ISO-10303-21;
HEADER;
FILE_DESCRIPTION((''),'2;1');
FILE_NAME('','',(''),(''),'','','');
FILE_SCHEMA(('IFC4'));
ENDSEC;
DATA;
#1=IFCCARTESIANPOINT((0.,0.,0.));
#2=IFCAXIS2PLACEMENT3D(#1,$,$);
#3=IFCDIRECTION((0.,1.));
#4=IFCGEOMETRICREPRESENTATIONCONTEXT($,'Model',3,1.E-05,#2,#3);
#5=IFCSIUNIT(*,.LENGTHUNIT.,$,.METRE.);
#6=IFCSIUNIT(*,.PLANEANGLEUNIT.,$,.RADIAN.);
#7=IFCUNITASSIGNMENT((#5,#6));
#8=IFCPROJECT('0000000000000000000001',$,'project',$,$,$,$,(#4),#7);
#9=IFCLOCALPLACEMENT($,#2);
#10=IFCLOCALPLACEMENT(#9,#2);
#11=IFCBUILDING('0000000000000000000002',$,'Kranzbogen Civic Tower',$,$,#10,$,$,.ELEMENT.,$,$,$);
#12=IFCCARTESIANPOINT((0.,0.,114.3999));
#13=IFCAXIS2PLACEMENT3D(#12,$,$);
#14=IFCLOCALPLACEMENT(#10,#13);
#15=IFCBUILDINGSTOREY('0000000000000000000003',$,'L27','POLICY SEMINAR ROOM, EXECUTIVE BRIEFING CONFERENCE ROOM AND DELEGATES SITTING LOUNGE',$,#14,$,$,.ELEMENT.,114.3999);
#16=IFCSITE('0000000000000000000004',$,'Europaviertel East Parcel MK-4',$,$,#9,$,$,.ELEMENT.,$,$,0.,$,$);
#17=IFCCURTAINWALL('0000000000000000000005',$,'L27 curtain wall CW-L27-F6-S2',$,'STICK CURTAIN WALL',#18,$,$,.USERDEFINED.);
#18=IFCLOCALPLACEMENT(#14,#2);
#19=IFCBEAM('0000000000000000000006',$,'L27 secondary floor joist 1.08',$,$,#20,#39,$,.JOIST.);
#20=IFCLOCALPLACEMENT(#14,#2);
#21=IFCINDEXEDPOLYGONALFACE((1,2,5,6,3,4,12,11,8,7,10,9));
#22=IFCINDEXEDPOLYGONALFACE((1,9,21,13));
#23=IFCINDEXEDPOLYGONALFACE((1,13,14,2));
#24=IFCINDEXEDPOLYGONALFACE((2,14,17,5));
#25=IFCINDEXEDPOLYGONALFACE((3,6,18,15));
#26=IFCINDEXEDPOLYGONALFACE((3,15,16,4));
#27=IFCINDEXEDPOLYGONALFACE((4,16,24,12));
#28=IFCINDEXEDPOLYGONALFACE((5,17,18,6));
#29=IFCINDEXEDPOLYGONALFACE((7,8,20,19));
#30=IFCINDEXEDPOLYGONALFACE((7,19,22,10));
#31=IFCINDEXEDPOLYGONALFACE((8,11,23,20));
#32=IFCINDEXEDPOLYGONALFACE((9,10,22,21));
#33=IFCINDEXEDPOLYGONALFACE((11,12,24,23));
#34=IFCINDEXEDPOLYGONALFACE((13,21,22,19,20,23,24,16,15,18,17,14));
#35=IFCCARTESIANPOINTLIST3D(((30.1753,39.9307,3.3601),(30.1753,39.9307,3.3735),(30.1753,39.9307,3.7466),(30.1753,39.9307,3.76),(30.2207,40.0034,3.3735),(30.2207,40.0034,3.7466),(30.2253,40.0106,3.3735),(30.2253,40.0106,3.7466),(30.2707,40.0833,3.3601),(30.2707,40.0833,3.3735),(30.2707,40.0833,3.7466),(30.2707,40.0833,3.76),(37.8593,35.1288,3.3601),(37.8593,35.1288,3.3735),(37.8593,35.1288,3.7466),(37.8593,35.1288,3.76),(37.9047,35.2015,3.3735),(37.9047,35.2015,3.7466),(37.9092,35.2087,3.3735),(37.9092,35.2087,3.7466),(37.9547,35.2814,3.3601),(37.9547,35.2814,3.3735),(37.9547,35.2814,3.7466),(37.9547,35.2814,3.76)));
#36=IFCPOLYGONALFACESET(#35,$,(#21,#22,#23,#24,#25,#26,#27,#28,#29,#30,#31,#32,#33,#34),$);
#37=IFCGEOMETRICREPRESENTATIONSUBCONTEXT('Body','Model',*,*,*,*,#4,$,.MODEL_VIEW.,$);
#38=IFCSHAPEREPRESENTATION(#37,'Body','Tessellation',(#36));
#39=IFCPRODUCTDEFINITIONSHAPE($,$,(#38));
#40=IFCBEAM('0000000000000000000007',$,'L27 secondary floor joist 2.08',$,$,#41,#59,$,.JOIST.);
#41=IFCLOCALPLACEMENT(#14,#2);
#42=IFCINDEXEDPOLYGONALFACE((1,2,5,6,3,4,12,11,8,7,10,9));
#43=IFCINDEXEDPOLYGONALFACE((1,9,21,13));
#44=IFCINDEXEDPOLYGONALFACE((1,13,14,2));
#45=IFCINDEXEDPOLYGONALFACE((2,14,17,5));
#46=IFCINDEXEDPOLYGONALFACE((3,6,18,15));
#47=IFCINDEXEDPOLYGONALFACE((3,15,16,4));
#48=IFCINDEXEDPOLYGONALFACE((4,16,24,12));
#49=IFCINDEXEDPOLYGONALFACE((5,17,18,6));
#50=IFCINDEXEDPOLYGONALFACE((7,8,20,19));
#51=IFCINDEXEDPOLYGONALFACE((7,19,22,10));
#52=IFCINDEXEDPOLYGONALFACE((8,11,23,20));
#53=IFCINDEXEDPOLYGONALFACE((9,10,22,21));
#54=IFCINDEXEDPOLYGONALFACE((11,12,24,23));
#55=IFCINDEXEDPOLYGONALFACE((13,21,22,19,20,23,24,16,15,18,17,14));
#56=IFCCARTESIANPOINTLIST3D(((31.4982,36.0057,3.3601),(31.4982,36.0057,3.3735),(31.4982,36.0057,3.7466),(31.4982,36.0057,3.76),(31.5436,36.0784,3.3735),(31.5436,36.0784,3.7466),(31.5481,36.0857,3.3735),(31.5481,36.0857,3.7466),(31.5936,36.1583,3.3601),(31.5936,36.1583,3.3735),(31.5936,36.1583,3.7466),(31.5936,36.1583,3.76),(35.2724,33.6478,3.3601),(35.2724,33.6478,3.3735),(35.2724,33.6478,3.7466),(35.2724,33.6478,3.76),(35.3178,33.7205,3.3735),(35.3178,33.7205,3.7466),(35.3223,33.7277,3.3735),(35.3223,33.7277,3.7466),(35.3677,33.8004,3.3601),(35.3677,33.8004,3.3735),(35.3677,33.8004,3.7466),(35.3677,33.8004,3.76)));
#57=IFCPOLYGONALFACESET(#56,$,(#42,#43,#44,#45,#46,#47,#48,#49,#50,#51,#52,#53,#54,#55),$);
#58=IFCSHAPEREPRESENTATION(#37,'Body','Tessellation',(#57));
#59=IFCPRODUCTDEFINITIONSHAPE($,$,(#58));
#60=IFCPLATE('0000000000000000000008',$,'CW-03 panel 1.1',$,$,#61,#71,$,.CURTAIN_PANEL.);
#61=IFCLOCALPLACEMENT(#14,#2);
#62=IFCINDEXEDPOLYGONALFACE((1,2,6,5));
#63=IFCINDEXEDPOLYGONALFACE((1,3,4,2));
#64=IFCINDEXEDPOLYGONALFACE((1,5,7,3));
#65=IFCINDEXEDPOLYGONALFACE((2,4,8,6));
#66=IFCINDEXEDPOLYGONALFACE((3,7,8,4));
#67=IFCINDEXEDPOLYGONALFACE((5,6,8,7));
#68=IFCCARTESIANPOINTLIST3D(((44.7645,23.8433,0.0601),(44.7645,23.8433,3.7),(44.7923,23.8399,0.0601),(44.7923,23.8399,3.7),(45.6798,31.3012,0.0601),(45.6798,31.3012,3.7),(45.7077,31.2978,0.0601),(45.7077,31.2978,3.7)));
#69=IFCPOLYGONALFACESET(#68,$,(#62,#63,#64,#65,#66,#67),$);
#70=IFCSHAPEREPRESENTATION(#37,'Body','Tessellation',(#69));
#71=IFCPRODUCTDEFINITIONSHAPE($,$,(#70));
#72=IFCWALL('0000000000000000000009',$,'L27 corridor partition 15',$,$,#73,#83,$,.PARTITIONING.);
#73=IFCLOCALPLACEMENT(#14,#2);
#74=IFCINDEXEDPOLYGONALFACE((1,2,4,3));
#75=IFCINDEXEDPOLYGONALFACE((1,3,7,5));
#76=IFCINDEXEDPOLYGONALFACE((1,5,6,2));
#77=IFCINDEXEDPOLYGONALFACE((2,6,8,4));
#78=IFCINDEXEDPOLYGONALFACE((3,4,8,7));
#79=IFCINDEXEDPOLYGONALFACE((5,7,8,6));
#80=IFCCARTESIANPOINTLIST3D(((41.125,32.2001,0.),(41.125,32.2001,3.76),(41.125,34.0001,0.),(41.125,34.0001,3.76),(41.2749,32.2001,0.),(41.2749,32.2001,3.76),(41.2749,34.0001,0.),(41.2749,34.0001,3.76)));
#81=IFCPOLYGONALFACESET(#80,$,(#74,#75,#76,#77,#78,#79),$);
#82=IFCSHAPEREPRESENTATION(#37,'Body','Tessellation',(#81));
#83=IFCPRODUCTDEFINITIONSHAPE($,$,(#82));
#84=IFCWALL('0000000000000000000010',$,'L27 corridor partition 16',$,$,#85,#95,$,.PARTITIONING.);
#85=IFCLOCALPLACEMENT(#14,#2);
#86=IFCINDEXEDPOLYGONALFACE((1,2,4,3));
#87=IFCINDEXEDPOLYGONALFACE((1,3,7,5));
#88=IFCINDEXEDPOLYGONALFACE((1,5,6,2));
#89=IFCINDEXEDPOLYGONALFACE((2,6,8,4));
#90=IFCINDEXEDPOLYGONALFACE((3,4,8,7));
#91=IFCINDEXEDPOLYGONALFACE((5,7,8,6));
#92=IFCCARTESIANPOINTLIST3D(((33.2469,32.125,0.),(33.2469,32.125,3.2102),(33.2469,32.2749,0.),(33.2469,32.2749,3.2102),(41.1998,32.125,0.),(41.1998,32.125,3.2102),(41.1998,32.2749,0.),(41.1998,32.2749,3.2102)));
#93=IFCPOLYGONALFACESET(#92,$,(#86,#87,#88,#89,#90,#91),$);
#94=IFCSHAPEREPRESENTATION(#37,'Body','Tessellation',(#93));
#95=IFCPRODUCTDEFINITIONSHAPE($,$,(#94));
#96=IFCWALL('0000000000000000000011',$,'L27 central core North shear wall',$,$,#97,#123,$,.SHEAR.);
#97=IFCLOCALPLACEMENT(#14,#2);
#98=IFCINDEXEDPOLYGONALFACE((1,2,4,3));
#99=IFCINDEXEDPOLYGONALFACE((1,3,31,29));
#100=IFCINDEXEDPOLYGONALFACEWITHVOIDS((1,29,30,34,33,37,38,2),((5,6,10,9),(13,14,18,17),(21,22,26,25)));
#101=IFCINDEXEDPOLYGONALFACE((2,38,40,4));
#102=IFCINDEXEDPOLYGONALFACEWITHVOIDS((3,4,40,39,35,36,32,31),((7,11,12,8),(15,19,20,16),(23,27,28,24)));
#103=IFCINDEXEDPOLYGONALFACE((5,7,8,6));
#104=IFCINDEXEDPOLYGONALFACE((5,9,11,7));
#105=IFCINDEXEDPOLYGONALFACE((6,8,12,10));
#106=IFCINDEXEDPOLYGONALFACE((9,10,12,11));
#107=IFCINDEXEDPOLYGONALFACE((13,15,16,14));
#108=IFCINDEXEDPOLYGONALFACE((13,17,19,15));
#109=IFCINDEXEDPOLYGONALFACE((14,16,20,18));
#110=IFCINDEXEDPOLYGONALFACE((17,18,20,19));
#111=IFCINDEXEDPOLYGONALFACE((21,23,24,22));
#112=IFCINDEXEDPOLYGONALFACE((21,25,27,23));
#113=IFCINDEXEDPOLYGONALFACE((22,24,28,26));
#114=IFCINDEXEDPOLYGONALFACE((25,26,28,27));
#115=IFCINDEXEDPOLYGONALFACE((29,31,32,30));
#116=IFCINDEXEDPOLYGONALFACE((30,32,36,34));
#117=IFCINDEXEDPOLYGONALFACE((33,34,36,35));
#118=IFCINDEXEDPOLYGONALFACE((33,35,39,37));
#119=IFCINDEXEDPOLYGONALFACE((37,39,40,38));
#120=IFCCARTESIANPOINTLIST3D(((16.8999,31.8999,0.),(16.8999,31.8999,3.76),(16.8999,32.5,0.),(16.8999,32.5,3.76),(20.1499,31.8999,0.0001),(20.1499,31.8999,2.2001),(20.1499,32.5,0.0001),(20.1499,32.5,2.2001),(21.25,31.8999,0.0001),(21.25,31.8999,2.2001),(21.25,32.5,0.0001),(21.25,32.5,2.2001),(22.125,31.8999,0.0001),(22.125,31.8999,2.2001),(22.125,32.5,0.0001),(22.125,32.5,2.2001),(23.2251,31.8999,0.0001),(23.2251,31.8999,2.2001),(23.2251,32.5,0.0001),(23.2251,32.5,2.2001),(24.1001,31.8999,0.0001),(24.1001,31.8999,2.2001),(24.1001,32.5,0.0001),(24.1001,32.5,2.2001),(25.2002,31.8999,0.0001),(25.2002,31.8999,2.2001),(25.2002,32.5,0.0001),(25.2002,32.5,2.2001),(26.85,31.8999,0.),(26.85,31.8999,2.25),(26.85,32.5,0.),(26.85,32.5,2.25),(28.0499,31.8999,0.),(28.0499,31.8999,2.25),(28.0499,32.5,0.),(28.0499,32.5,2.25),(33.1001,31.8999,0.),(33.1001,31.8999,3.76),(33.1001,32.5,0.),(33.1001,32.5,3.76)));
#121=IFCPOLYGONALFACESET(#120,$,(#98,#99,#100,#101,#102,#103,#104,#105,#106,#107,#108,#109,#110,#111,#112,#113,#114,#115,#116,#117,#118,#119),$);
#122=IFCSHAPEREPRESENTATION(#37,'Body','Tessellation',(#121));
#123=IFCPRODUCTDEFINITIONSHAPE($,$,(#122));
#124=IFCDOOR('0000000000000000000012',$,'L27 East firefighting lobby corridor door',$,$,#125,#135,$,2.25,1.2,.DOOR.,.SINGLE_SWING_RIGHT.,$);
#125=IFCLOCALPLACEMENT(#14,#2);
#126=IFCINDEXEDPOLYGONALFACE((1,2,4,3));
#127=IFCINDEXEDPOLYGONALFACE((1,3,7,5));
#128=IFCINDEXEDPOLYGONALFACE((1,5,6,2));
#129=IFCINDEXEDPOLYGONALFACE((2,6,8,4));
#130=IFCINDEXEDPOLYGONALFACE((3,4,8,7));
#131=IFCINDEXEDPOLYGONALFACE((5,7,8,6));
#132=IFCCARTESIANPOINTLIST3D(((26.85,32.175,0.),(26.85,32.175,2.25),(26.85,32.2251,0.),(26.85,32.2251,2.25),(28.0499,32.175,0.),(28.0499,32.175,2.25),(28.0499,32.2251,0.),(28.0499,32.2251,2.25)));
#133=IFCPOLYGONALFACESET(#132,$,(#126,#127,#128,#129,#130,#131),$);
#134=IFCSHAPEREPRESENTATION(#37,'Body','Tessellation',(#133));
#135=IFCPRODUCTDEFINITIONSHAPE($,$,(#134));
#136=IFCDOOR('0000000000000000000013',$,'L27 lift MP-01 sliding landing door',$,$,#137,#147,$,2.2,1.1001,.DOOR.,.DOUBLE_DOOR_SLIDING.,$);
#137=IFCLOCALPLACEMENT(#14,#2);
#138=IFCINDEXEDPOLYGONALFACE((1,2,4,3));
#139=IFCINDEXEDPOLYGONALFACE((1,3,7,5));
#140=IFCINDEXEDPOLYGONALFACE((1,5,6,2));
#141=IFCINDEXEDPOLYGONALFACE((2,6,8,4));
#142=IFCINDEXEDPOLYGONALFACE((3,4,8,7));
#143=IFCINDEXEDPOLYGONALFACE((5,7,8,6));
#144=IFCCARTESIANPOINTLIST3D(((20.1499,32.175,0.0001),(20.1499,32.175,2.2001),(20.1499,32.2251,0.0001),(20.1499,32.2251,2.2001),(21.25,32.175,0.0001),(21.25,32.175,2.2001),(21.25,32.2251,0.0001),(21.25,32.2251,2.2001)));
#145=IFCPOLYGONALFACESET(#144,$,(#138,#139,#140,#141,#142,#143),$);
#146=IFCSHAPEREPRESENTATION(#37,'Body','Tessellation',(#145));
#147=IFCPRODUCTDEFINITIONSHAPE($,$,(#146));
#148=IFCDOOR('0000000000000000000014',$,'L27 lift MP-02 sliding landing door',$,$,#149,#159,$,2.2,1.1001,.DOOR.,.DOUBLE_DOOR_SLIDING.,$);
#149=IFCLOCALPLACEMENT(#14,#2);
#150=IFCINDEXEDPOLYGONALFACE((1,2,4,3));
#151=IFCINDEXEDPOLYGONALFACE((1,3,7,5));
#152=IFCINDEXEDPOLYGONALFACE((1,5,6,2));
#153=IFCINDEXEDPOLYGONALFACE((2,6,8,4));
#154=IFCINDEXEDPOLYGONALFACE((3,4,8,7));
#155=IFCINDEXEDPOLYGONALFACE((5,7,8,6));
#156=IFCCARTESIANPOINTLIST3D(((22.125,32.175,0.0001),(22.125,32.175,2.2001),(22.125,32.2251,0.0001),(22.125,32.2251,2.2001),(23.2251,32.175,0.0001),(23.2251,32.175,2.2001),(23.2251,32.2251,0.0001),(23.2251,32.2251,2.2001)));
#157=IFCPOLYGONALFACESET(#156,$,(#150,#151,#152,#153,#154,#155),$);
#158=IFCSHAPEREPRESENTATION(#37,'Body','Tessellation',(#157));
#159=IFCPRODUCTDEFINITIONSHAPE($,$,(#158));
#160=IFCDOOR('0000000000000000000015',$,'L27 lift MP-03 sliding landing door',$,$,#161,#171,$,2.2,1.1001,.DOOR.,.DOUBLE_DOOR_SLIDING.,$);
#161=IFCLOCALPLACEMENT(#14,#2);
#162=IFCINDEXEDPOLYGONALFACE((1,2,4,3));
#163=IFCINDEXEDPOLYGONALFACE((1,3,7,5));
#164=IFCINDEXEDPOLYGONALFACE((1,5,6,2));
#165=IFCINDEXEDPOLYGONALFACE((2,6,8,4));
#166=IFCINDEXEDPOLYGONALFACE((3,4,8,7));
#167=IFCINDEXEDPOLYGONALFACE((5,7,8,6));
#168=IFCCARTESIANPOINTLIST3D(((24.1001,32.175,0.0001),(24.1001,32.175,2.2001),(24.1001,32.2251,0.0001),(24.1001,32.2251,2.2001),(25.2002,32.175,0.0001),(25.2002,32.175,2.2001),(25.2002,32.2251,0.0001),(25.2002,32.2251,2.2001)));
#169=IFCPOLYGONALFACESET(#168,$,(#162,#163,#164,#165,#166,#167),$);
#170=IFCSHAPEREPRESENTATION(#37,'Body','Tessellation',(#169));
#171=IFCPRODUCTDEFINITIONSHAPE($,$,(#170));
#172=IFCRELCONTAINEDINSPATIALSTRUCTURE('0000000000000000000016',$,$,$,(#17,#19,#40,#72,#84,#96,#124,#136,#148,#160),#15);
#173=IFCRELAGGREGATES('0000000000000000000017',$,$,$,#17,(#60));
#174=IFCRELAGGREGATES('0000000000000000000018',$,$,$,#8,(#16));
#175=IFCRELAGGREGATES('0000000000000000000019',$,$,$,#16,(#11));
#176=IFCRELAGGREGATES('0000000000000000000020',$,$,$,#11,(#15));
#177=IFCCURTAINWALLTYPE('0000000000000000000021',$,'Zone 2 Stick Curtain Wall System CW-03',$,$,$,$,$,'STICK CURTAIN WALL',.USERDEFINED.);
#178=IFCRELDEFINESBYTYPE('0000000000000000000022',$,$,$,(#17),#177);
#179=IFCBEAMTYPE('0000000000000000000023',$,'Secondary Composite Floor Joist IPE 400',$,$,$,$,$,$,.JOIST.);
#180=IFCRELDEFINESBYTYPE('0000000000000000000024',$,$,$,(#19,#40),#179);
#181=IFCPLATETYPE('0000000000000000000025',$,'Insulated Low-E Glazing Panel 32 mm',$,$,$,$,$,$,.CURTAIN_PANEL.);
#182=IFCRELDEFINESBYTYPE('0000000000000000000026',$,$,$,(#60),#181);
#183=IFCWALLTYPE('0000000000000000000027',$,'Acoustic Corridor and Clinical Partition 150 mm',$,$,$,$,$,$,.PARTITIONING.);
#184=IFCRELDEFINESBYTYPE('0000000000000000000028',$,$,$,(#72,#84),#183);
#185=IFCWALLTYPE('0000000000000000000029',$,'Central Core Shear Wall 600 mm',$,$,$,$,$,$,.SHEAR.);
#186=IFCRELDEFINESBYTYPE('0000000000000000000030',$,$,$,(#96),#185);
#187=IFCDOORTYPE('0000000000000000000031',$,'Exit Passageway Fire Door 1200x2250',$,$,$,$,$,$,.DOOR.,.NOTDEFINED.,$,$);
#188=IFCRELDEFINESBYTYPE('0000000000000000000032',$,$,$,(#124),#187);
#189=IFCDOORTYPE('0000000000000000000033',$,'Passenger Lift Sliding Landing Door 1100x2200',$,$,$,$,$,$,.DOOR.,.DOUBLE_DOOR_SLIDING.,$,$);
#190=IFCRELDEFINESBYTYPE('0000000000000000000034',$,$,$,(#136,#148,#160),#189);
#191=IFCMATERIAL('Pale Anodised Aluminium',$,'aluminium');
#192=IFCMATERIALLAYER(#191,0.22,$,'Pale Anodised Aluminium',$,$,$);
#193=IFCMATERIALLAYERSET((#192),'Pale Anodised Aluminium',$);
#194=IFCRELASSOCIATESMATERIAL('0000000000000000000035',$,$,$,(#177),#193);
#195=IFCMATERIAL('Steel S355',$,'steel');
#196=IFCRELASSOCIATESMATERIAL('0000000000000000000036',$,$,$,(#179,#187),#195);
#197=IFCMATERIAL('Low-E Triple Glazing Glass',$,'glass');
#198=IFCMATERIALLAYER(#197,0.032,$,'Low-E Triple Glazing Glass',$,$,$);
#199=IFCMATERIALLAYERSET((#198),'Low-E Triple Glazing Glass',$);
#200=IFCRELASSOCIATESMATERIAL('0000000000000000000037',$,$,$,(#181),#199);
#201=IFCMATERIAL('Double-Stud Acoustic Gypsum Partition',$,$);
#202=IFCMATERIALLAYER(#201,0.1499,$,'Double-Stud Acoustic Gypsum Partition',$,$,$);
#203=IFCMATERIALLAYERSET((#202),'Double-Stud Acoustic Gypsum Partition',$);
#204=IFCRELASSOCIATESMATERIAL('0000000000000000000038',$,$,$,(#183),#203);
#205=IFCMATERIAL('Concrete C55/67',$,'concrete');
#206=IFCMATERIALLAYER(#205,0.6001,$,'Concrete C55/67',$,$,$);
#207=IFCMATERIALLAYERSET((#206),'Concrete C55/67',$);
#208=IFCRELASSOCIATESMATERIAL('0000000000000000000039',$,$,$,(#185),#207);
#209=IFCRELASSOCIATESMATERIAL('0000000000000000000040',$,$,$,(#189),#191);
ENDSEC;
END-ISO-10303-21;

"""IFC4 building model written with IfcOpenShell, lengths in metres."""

from ifc_helpers import new_model, si_unit, direction, frame, frame_2d, origin, origin_2d, place, context, subcontext, project, spatial, rectangle, i_section, extrude, material, layer, layer_set, material_profile, profile_set, type_object, element, fill, aggregate, save


model = new_model("IFC4")

# Units and contexts
model_context = context("Model", 3, precision=1e-05, world=origin(), true_north=direction((0.0, 1.0)))
body_context = subcontext(model_context, "Body", "Model", "MODEL_VIEW")
ifc_project = project(units=[si_unit("LENGTHUNIT", "METRE"), si_unit("PLANEANGLEUNIT", "RADIAN")], contexts=[model_context])

# Site, building, storey
site_placement = place(None, origin())
site = spatial("IfcSite", under=ifc_project, at=site_placement, Name="Europaviertel East Parcel MK-4", CompositionType="ELEMENT", RefElevation=0.0)
building_placement = place(site_placement, origin())
building = spatial("IfcBuilding", under=site, at=building_placement, Name="Kranzbogen Civic Tower", CompositionType="ELEMENT")
storey_placement = place(building_placement, frame((0.0, 0.0, 114.3999)))
storey = spatial("IfcBuildingStorey", under=building, at=storey_placement, Name="L27", Description="POLICY SEMINAR ROOM, EXECUTIVE BRIEFING CONFERENCE ROOM AND DELEGATES SITTING LOUNGE", CompositionType="ELEMENT", Elevation=114.3999)

# Shared definitions
ifc_material_1 = material(Name="Steel S355", Category="steel")

# Curtain wall
ifc_material_2 = material(Name="Pale Anodised Aluminium", Category="aluminium")
ifc_layer_1 = layer(ifc_material_2, 0.22, Name="Pale Anodised Aluminium")
ifc_layer_set_1 = layer_set([ifc_layer_1], Name="Pale Anodised Aluminium")
curtain_wall_type = type_object("IfcCurtainWallType", Name="Zone 2 Stick Curtain Wall System CW-03", ElementType="STICK CURTAIN WALL", PredefinedType="USERDEFINED", material=ifc_layer_set_1)
curtain_wall_1_placement = place(storey_placement, origin())
curtain_wall_1 = element("IfcCurtainWall", 1, at=curtain_wall_1_placement, inside=storey, type_object=curtain_wall_type, Name="L27 curtain wall CW-L27-F6-S2", ObjectType="STICK CURTAIN WALL", PredefinedType="USERDEFINED")

# Beams
ifc_material_profile_1 = material_profile(ifc_material_1, i_section(OverallWidth=0.1799, OverallDepth=0.3999, WebThickness=0.0085, FlangeThickness=0.0134, at=origin_2d()), Name="IPE 400")
ifc_profile_set_1 = profile_set([ifc_material_profile_1], Name="Steel S355")
beam_type_1 = type_object("IfcBeamType", Name="Secondary Composite Floor Joist IPE 400", PredefinedType="JOIST", material=ifc_profile_set_1)
beam_1_placement = place(storey_placement, frame((37.907, 35.2051, 3.5601), z_axis=(-0.848026, 0.529955, 0.0), x_axis=(-0.529955, -0.848026, 0.0)))
element("IfcBeam", 2, at=beam_1_placement, inside=storey, type_object=beam_type_1, Name="L27 secondary floor joist 1.08", PredefinedType="JOIST", context=body_context, shape_type="SweptSolid", body=[
    extrude(i_section(OverallWidth=0.1799, OverallDepth=0.3999, WebThickness=0.0085, FlangeThickness=0.0134, at=origin_2d()), origin(), (0.0, 0.0, 1.0), 9.061),
])
beam_2_placement = place(storey_placement, frame((35.3201, 33.7241, 3.5601), z_axis=(-0.848094, 0.529846, 0.0), x_axis=(-0.529846, -0.848094, 0.0)))
element("IfcBeam", 3, at=beam_2_placement, inside=storey, type_object=beam_type_1, Name="L27 secondary floor joist 2.08", PredefinedType="JOIST", context=body_context, shape_type="SweptSolid", body=[
    extrude(i_section(OverallWidth=0.1799, OverallDepth=0.3999, WebThickness=0.0085, FlangeThickness=0.0134, at=origin_2d()), origin(), (0.0, 0.0, 1.0), 4.4502),
])

# Plate
ifc_material_3 = material(Name="Low-E Triple Glazing Glass", Category="glass")
ifc_layer_2 = layer(ifc_material_3, 0.032, Name="Low-E Triple Glazing Glass")
ifc_layer_set_2 = layer_set([ifc_layer_2], Name="Low-E Triple Glazing Glass")
plate_type = type_object("IfcPlateType", Name="Insulated Low-E Glazing Panel 32 mm", PredefinedType="CURTAIN_PANEL", material=ifc_layer_set_2)
plate_placement = place(storey_placement, frame((45.2361, 27.5706, 0.0601), z_axis=(0.0, 0.0, 1.0), x_axis=(0.121826, 0.992552, 0.0)))
plate = element("IfcPlate", 4, at=plate_placement, type_object=plate_type, Name="CW-03 panel 1.1", PredefinedType="CURTAIN_PANEL", context=body_context, shape_type="SweptSolid", body=[
    extrude(rectangle(XDim=7.5139, YDim=0.0281, at=origin_2d()), origin(), (0.0, 0.0, 1.0), 3.6399),
])
aggregate(curtain_wall_1, [plate])

# Walls
ifc_material_4 = material(Name="Double-Stud Acoustic Gypsum Partition")
ifc_layer_3 = layer(ifc_material_4, 0.1499, Name="Double-Stud Acoustic Gypsum Partition")
ifc_layer_set_3 = layer_set([ifc_layer_3], Name="Double-Stud Acoustic Gypsum Partition")
wall_type_1 = type_object("IfcWallType", Name="Acoustic Corridor and Clinical Partition 150 mm", PredefinedType="PARTITIONING", material=ifc_layer_set_3)
wall_1_placement = place(storey_placement, frame((41.2, 34.0, 0.0), z_axis=(0.0, 0.0, 1.0), x_axis=(0.0, -1.0, 0.0)))
element("IfcWall", 5, at=wall_1_placement, inside=storey, type_object=wall_type_1, Name="L27 corridor partition 15", PredefinedType="PARTITIONING", context=body_context, shape_type="SweptSolid", body=[
    extrude(rectangle(XDim=1.8, YDim=0.1499, at=frame_2d((0.8999, 0.0))), origin(), (0.0, 0.0, 1.0), 3.76),
])
wall_2_placement = place(storey_placement, frame((41.2, 32.2, 0.0), z_axis=(0.0, 0.0, 1.0), x_axis=(-1.0, 0.0, 0.0)))
element("IfcWall", 6, at=wall_2_placement, inside=storey, type_object=wall_type_1, Name="L27 corridor partition 16", PredefinedType="PARTITIONING", context=body_context, shape_type="SweptSolid", body=[
    extrude(rectangle(XDim=7.9529, YDim=0.1499, at=frame_2d((3.9766, 0.0))), origin(), (0.0, 0.0, 1.0), 3.2102),
])

# Wall, openings, doors
ifc_material_5 = material(Name="Concrete C55/67", Category="concrete")
ifc_layer_4 = layer(ifc_material_5, 0.6001, Name="Concrete C55/67")
ifc_layer_set_4 = layer_set([ifc_layer_4], Name="Concrete C55/67")
wall_type_2 = type_object("IfcWallType", Name="Central Core Shear Wall 600 mm", PredefinedType="SHEAR", material=ifc_layer_set_4)
wall_3_placement = place(storey_placement, frame((33.1001, 32.2, 0.0), z_axis=(0.0, 0.0, 1.0), x_axis=(-1.0, 0.0, 0.0)))
wall_3 = element("IfcWall", 7, at=wall_3_placement, inside=storey, type_object=wall_type_2, Name="L27 central core North shear wall", PredefinedType="SHEAR", context=body_context, shape_type="SweptSolid", body=[
    extrude(rectangle(XDim=16.2002, YDim=0.6001, at=frame_2d((8.1001, 0.0))), origin(), (0.0, 0.0, 1.0), 3.76),
])
opening_1_placement = place(wall_3_placement, frame((5.05, 0.0, 0.0)))
opening_1 = element("IfcOpeningElement", 8, at=opening_1_placement, cuts=wall_3, PredefinedType="OPENING", context=body_context, shape_type="SweptSolid", body=[
    extrude(rectangle(XDim=1.2, YDim=2.25, at=frame_2d((0.6001, 1.125))), frame((0.0, 0.3101, 0.0), z_axis=(0.0, -1.0, 0.0), x_axis=(1.0, 0.0, 0.0)), (0.0, 0.0, 1.0), 0.6201),
])
opening_2_placement = place(wall_3_placement, frame((11.8501, 0.0, 0.0)))
opening_2 = element("IfcOpeningElement", 9, at=opening_2_placement, cuts=wall_3, PredefinedType="OPENING", context=body_context, shape_type="SweptSolid", body=[
    extrude(rectangle(XDim=1.1001, YDim=2.2, at=frame_2d((0.55, 1.1001))), frame((0.0, 0.3101, 0.0), z_axis=(0.0, -1.0, 0.0), x_axis=(1.0, 0.0, 0.0)), (0.0, 0.0, 1.0), 0.6201),
])
opening_3_placement = place(wall_3_placement, frame((9.875, 0.0, 0.0)))
opening_3 = element("IfcOpeningElement", 10, at=opening_3_placement, cuts=wall_3, PredefinedType="OPENING", context=body_context, shape_type="SweptSolid", body=[
    extrude(rectangle(XDim=1.1001, YDim=2.2, at=frame_2d((0.55, 1.1001))), frame((0.0, 0.3101, 0.0), z_axis=(0.0, -1.0, 0.0), x_axis=(1.0, 0.0, 0.0)), (0.0, 0.0, 1.0), 0.6201),
])
opening_4_placement = place(wall_3_placement, frame((7.8999, 0.0, 0.0)))
opening_4 = element("IfcOpeningElement", 11, at=opening_4_placement, cuts=wall_3, PredefinedType="OPENING", context=body_context, shape_type="SweptSolid", body=[
    extrude(rectangle(XDim=1.1001, YDim=2.2, at=frame_2d((0.55, 1.1001))), frame((0.0, 0.3101, 0.0), z_axis=(0.0, -1.0, 0.0), x_axis=(1.0, 0.0, 0.0)), (0.0, 0.0, 1.0), 0.6201),
])
door_type_1 = type_object("IfcDoorType", Name="Exit Passageway Fire Door 1200x2250", OperationType="NOTDEFINED", PredefinedType="DOOR", material=ifc_material_1)
door_1_placement = place(opening_1_placement, origin())
door_1 = element("IfcDoor", 12, at=door_1_placement, inside=storey, type_object=door_type_1, Name="L27 East firefighting lobby corridor door", OperationType="SINGLE_SWING_RIGHT", OverallHeight=2.25, OverallWidth=1.2, PredefinedType="DOOR", context=body_context, shape_type="SweptSolid", body=[
    extrude(rectangle(XDim=1.2, YDim=2.25, at=frame_2d((0.6001, 1.125))), frame((0.0, 0.0249, 0.0), z_axis=(0.0, -1.0, 0.0), x_axis=(1.0, 0.0, 0.0)), (0.0, 0.0, 1.0), 0.05),
])
fill(opening_1, door_1)
door_type_2 = type_object("IfcDoorType", Name="Passenger Lift Sliding Landing Door 1100x2200", OperationType="DOUBLE_DOOR_SLIDING", PredefinedType="DOOR", material=ifc_material_2)
door_2_placement = place(opening_2_placement, origin())
door_2 = element("IfcDoor", 13, at=door_2_placement, inside=storey, type_object=door_type_2, Name="L27 lift MP-01 sliding landing door", OperationType="DOUBLE_DOOR_SLIDING", OverallHeight=2.2, OverallWidth=1.1001, PredefinedType="DOOR", context=body_context, shape_type="SweptSolid", body=[
    extrude(rectangle(XDim=1.1001, YDim=2.2, at=frame_2d((0.55, 1.1001))), frame((0.0, 0.0249, 0.0), z_axis=(0.0, -1.0, 0.0), x_axis=(1.0, 0.0, 0.0)), (0.0, 0.0, 1.0), 0.05),
])
fill(opening_2, door_2)
door_3_placement = place(opening_3_placement, origin())
door_3 = element("IfcDoor", 14, at=door_3_placement, inside=storey, type_object=door_type_2, Name="L27 lift MP-02 sliding landing door", OperationType="DOUBLE_DOOR_SLIDING", OverallHeight=2.2, OverallWidth=1.1001, PredefinedType="DOOR", context=body_context, shape_type="SweptSolid", body=[
    extrude(rectangle(XDim=1.1001, YDim=2.2, at=frame_2d((0.55, 1.1001))), frame((0.0, 0.0249, 0.0), z_axis=(0.0, -1.0, 0.0), x_axis=(1.0, 0.0, 0.0)), (0.0, 0.0, 1.0), 0.05),
])
fill(opening_3, door_3)
door_4_placement = place(opening_4_placement, origin())
door_4 = element("IfcDoor", 15, at=door_4_placement, inside=storey, type_object=door_type_2, Name="L27 lift MP-03 sliding landing door", OperationType="DOUBLE_DOOR_SLIDING", OverallHeight=2.2, OverallWidth=1.1001, PredefinedType="DOOR", context=body_context, shape_type="SweptSolid", body=[
    extrude(rectangle(XDim=1.1001, YDim=2.2, at=frame_2d((0.55, 1.1001))), frame((0.0, 0.0249, 0.0), z_axis=(0.0, -1.0, 0.0), x_axis=(1.0, 0.0, 0.0)), (0.0, 0.0, 1.0), 0.05),
])
fill(opening_4, door_4)

save(model, "model.ifc")
